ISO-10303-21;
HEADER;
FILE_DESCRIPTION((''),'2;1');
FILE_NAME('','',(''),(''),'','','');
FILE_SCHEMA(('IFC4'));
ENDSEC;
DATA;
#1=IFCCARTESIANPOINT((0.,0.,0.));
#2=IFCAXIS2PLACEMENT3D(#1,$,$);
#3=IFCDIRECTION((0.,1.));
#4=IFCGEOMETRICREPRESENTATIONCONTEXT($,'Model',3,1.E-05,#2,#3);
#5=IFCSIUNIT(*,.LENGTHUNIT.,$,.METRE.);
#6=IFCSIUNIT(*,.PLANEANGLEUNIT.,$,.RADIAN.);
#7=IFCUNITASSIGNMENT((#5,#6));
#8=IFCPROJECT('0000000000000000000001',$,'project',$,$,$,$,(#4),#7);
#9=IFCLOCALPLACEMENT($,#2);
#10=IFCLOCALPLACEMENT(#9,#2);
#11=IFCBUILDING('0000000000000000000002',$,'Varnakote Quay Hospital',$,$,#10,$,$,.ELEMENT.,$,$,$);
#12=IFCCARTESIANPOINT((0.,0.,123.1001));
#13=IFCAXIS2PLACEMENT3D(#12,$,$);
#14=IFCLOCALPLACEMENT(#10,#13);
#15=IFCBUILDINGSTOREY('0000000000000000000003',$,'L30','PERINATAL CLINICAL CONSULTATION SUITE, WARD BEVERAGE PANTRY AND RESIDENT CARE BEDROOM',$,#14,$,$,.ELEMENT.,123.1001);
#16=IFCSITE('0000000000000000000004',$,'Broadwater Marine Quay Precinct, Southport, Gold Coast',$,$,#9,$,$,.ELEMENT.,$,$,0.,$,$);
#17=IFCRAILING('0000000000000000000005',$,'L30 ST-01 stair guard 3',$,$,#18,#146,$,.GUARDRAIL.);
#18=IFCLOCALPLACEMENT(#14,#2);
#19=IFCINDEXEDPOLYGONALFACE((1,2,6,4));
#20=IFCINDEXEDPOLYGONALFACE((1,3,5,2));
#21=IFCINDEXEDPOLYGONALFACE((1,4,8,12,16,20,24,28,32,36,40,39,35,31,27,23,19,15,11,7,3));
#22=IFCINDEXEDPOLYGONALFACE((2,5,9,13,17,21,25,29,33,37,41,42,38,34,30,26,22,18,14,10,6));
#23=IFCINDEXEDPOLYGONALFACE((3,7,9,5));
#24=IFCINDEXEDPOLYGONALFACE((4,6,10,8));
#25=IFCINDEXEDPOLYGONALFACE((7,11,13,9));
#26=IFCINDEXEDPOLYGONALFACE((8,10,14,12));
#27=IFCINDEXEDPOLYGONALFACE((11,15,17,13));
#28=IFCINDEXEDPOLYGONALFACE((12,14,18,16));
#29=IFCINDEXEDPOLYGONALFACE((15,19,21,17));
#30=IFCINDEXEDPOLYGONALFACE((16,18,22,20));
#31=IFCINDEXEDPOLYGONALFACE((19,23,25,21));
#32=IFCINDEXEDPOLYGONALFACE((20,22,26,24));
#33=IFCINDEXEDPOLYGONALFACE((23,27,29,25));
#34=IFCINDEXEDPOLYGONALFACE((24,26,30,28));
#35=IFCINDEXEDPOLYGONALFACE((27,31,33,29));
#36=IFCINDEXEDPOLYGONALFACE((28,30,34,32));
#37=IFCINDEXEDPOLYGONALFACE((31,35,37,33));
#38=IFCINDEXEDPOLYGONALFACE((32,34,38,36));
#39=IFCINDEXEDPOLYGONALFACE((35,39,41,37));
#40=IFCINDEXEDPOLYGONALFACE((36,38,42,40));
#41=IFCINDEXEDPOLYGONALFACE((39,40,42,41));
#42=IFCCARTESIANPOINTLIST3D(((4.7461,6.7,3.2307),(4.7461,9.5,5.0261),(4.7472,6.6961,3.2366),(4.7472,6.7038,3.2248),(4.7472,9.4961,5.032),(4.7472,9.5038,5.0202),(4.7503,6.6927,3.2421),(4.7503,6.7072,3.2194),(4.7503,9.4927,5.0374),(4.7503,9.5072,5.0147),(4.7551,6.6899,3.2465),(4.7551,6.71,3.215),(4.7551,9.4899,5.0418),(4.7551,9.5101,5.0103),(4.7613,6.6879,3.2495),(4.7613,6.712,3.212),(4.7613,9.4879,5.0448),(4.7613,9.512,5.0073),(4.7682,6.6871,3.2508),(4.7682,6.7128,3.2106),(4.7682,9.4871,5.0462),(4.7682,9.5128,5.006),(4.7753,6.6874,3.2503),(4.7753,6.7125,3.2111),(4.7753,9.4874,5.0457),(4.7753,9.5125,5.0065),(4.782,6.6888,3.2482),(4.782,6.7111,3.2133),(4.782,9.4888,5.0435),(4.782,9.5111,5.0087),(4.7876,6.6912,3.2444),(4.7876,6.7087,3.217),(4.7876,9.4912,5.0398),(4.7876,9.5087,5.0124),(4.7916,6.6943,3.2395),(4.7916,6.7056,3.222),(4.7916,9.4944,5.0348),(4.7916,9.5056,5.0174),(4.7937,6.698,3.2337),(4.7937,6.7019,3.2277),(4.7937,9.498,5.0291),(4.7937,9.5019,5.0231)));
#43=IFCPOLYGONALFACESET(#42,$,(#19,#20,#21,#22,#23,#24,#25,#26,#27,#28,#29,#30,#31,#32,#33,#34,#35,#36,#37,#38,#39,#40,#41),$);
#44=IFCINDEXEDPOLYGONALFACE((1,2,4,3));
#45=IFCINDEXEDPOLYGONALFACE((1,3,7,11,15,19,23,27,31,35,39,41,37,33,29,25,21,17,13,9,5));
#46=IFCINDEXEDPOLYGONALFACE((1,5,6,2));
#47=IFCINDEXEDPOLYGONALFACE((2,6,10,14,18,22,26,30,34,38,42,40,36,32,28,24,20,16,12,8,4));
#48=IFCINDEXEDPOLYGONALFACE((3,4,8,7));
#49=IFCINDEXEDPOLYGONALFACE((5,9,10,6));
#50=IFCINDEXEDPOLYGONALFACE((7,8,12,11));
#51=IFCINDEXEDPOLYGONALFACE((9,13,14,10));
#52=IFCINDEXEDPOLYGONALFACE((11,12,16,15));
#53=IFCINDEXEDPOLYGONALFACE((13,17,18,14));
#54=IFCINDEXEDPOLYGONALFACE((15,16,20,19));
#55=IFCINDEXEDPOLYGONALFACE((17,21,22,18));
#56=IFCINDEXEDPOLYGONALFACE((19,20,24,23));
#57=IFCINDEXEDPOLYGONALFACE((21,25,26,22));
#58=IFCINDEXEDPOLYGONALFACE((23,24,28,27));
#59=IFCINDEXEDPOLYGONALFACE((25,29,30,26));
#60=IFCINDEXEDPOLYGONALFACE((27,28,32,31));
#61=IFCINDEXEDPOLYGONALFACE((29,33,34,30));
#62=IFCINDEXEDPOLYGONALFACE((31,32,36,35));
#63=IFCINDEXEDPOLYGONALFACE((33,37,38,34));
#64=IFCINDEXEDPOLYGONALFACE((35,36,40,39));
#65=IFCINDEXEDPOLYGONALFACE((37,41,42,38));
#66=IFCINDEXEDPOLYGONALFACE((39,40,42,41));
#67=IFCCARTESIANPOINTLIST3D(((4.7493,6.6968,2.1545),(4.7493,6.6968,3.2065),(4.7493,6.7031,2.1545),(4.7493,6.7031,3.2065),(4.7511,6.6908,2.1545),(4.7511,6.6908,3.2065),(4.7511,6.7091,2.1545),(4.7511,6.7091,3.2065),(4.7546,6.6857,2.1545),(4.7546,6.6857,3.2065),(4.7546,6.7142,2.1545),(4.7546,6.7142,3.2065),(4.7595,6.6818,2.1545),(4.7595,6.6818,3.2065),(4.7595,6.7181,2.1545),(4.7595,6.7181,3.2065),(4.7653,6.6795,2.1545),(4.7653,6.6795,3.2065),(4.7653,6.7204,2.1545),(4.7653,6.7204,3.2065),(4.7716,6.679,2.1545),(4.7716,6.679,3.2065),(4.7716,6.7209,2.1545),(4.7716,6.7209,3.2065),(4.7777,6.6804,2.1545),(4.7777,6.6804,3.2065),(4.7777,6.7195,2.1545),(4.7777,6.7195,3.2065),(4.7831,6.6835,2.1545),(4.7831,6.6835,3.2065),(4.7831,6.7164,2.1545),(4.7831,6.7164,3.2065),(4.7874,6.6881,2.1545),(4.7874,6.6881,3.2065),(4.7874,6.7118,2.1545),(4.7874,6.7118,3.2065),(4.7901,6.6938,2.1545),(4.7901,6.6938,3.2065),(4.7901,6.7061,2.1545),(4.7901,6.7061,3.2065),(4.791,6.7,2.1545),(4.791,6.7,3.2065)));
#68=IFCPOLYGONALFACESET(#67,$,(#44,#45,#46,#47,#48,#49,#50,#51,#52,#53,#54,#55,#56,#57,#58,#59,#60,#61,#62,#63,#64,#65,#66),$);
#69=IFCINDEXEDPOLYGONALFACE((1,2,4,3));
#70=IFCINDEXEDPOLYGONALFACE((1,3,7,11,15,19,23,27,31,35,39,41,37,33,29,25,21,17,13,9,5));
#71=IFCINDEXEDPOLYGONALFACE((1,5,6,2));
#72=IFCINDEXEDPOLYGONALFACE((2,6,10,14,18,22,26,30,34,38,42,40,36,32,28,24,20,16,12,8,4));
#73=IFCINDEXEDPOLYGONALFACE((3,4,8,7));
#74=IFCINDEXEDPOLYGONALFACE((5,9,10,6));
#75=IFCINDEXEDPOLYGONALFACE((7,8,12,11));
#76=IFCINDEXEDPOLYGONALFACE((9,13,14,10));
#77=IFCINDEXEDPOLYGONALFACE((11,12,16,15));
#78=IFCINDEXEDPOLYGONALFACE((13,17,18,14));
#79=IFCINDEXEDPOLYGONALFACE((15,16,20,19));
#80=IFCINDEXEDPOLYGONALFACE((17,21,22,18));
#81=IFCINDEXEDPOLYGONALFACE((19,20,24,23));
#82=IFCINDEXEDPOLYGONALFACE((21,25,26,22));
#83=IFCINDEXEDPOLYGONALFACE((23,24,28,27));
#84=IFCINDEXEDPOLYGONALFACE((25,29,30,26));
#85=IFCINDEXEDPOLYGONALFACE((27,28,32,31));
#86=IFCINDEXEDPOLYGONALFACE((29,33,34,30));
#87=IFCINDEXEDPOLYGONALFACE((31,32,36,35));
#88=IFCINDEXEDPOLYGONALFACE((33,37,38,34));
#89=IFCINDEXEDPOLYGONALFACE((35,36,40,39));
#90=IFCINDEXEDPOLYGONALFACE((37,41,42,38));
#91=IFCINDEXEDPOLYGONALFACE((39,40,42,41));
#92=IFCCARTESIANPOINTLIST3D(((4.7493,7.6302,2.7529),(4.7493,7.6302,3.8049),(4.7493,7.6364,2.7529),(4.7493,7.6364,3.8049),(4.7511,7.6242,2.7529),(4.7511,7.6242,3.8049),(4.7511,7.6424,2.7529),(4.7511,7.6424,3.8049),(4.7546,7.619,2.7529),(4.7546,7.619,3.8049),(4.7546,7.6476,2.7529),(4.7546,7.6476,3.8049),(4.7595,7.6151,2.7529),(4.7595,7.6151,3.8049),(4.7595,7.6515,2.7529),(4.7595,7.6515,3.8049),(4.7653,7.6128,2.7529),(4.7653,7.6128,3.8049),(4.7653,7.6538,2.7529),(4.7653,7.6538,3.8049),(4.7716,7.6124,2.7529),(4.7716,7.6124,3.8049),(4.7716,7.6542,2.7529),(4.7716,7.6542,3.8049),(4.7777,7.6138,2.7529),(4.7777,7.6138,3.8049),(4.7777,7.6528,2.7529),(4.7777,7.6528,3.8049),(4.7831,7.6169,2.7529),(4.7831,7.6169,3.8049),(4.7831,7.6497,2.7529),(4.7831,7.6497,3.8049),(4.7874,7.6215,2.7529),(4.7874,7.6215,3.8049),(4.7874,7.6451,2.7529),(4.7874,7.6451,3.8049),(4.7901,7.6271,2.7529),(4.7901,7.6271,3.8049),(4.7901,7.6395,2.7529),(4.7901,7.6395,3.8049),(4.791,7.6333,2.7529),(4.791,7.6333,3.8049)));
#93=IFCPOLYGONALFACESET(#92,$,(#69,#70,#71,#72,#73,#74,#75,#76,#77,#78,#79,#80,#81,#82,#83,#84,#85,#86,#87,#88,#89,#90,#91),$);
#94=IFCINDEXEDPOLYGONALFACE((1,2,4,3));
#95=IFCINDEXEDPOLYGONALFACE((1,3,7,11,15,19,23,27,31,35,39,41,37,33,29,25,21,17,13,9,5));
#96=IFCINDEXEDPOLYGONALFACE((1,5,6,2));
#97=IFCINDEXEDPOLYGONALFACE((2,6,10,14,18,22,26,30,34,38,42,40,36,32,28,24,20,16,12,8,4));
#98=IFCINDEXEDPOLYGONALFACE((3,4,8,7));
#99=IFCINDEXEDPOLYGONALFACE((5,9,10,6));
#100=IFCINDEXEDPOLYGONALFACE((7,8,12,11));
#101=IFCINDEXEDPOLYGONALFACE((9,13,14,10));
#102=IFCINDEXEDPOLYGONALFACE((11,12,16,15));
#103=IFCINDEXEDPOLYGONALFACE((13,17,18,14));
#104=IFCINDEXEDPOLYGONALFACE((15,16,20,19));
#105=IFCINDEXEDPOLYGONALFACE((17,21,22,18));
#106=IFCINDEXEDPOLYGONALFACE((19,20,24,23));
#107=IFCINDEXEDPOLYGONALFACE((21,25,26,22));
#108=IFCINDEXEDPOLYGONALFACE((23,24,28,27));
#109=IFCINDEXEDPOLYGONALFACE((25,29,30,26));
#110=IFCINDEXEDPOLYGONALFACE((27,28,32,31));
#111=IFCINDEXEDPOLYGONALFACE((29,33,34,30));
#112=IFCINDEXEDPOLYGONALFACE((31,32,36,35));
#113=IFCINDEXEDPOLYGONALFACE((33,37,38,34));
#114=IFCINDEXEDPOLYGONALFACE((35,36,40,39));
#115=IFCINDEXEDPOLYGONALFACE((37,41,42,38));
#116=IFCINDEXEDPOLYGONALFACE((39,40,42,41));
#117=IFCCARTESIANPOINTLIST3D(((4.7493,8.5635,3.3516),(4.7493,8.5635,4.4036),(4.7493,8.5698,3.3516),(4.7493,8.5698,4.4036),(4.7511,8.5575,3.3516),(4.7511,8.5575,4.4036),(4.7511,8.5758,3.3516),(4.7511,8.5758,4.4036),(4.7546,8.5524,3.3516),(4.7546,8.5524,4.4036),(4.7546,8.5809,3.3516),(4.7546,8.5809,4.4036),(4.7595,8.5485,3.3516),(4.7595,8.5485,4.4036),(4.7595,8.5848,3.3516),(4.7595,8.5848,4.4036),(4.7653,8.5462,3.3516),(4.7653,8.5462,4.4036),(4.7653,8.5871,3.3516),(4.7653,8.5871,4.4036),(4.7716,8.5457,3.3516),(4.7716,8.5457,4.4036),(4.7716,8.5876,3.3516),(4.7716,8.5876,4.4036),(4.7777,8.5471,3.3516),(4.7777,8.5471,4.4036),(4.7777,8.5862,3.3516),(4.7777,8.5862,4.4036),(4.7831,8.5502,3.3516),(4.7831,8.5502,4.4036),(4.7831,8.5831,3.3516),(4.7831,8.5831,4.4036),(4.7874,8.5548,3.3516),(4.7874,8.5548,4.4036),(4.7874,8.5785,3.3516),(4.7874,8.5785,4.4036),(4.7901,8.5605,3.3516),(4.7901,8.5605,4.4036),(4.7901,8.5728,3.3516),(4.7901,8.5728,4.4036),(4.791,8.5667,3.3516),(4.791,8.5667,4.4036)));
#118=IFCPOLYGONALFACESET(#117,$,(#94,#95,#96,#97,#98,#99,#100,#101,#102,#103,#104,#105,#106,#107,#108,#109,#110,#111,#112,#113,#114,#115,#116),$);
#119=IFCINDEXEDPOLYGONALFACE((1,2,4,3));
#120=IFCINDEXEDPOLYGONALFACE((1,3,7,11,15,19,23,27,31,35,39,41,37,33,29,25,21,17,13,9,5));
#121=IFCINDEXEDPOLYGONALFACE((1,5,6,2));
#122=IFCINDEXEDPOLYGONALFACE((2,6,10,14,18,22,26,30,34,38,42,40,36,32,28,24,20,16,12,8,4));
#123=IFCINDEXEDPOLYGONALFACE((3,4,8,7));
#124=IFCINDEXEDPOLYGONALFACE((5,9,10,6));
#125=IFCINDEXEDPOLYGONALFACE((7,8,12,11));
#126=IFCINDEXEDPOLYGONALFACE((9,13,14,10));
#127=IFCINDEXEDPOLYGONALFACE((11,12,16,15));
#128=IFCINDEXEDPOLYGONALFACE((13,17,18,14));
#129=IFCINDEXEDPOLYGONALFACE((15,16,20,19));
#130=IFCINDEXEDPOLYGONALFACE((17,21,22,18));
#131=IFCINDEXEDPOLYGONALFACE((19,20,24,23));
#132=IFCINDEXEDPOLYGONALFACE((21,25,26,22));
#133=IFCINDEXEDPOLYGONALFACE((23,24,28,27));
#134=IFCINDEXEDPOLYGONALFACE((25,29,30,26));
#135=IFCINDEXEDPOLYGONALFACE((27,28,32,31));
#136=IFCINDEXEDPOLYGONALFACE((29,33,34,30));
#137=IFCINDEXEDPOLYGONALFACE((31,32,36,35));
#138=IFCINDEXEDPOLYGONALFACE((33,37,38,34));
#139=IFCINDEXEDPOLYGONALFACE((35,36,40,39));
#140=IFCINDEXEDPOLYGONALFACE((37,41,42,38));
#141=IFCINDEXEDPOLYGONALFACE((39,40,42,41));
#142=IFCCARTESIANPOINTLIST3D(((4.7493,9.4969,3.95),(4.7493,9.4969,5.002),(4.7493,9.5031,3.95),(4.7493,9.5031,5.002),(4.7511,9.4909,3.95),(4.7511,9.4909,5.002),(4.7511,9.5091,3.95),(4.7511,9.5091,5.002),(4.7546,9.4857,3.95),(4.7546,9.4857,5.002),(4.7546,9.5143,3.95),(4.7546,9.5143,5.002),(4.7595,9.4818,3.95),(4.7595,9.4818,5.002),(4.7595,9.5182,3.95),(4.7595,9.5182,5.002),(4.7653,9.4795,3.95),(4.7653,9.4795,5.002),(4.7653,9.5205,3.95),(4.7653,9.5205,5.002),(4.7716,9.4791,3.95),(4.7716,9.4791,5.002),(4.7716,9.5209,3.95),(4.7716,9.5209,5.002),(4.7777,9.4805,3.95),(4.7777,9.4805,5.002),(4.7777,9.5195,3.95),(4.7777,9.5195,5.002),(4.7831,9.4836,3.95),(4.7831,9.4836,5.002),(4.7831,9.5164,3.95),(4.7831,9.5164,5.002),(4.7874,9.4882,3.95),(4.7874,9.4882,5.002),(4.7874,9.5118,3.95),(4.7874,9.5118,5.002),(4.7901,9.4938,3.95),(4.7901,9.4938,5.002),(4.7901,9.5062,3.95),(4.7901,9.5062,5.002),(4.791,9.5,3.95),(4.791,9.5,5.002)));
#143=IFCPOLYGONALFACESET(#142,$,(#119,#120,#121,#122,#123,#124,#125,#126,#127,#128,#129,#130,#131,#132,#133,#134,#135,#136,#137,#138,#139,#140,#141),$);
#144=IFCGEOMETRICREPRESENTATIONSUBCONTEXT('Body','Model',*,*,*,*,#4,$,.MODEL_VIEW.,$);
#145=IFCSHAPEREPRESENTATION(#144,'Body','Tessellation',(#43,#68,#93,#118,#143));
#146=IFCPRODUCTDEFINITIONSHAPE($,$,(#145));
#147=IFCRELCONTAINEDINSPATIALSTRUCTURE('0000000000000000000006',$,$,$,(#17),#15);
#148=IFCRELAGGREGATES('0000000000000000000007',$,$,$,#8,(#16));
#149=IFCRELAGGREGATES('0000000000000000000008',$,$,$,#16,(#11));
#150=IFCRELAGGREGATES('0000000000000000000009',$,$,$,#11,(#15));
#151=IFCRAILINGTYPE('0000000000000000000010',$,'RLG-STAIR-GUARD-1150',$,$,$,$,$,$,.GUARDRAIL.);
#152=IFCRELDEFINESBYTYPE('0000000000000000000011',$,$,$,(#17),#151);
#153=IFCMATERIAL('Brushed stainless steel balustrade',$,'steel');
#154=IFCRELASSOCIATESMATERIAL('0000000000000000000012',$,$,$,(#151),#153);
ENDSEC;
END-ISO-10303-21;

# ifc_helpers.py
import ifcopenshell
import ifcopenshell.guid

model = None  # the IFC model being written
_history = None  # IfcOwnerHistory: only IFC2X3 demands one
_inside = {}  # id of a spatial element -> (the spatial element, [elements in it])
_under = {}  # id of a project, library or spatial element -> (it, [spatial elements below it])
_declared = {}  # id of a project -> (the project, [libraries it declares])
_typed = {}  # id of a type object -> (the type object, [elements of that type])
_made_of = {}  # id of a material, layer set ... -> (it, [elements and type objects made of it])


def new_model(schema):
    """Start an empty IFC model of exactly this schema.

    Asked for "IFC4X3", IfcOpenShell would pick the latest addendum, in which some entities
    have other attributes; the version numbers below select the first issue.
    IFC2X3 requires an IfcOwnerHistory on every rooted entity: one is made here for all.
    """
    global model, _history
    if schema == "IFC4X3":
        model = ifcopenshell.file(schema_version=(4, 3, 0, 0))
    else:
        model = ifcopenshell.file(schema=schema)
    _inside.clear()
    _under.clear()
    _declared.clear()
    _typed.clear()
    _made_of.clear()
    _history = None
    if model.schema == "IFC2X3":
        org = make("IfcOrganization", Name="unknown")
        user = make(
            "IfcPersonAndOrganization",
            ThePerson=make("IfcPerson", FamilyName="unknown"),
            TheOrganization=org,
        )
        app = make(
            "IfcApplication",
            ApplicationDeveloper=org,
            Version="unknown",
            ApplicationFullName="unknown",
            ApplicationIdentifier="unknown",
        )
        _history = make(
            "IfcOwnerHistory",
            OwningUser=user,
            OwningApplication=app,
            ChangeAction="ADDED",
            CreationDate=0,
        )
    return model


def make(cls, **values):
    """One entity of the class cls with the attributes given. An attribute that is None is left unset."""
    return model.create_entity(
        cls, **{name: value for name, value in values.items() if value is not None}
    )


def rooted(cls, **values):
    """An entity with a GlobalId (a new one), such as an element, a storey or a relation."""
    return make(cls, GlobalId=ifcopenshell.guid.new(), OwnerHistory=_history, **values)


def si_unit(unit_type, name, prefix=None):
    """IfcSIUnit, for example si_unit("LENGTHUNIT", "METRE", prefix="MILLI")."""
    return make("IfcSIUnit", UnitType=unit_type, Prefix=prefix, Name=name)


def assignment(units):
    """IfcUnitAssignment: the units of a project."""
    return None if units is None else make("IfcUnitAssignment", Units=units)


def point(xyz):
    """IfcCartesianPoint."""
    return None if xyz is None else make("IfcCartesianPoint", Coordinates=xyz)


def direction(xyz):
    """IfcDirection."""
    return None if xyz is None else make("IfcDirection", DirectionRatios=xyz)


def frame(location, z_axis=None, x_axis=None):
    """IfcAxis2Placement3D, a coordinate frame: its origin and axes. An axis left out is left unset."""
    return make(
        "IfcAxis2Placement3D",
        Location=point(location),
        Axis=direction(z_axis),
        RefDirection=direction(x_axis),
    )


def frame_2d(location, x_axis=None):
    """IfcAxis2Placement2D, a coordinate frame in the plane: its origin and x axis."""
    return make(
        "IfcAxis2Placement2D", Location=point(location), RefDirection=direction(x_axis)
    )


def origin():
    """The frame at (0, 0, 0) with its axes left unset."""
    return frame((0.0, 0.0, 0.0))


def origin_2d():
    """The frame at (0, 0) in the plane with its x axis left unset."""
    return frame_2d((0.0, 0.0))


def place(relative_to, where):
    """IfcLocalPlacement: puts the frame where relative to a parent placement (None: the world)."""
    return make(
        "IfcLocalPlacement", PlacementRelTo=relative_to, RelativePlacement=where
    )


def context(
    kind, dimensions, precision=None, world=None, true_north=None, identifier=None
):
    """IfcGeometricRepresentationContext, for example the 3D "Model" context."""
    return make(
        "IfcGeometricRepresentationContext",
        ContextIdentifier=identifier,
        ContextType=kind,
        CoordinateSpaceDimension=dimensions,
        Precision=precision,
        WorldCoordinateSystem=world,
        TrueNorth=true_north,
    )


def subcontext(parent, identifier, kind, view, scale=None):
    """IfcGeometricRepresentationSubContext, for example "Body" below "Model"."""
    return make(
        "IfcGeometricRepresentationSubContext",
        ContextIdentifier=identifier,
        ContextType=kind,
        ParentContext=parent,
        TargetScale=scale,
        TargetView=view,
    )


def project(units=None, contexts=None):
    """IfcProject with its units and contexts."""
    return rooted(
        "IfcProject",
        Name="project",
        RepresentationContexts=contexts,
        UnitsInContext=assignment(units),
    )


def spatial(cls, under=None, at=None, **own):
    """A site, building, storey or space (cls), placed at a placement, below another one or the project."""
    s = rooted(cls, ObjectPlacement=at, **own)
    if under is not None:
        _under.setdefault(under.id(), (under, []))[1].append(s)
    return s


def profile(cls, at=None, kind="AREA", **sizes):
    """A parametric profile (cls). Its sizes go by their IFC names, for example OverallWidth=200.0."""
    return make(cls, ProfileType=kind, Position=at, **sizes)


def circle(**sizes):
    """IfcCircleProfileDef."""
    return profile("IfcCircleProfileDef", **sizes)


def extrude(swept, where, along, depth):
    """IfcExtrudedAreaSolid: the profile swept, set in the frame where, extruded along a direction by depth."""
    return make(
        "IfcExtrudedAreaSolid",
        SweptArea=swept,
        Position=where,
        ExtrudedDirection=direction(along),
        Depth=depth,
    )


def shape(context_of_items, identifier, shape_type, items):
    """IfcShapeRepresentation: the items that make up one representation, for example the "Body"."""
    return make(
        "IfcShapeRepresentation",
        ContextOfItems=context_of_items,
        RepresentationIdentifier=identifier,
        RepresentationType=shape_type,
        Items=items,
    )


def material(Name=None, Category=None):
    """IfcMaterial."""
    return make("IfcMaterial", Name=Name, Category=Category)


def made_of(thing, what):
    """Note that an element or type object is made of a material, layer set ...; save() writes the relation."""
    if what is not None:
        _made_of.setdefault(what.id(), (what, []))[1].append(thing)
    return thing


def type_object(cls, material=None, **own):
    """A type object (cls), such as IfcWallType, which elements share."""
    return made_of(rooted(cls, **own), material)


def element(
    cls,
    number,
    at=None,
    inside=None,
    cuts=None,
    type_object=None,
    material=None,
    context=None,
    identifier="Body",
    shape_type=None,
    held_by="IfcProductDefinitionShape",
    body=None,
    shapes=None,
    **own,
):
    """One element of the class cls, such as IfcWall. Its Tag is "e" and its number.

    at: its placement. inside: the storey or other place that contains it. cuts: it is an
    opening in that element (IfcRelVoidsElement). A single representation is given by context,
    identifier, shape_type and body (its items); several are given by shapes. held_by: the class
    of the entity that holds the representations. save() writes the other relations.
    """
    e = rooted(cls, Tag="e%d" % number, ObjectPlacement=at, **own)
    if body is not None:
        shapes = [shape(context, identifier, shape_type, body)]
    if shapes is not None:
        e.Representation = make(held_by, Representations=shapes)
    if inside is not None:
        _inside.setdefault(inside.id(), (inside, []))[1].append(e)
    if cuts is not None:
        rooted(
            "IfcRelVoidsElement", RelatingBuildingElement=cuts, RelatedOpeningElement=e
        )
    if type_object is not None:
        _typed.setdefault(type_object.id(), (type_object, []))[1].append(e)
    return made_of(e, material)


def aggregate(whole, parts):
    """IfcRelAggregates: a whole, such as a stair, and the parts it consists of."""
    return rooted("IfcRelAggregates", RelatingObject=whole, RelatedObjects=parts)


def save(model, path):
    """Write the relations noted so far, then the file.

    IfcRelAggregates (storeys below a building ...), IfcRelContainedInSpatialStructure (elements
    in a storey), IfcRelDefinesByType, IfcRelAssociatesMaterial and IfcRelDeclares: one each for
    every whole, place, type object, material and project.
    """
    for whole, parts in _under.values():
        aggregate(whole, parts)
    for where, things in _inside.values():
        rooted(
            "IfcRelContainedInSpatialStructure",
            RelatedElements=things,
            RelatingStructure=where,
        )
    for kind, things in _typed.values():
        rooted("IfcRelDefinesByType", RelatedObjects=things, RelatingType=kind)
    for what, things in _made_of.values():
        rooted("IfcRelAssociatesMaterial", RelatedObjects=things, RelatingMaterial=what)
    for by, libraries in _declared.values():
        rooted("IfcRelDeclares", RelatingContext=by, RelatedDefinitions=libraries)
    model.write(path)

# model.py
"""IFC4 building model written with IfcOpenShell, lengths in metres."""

from ifc_helpers import new_model, si_unit, direction, frame, origin, origin_2d, place, context, subcontext, project, spatial, circle, extrude, material, type_object, element, save


model = new_model("IFC4")

# Units and contexts
model_context = context("Model", 3, precision=1e-05, world=origin(), true_north=direction((0.0, 1.0)))
body_context = subcontext(model_context, "Body", "Model", "MODEL_VIEW")
ifc_project = project(units=[si_unit("LENGTHUNIT", "METRE"), si_unit("PLANEANGLEUNIT", "RADIAN")], contexts=[model_context])

# Site, building, storey
site_placement = place(None, origin())
site = spatial("IfcSite", under=ifc_project, at=site_placement, Name="Broadwater Marine Quay Precinct, Southport, Gold Coast", CompositionType="ELEMENT", RefElevation=0.0)
building_placement = place(site_placement, origin())
building = spatial("IfcBuilding", under=site, at=building_placement, Name="Varnakote Quay Hospital", CompositionType="ELEMENT")
storey_placement = place(building_placement, frame((0.0, 0.0, 123.1001)))
storey = spatial("IfcBuildingStorey", under=building, at=storey_placement, Name="L30", Description="PERINATAL CLINICAL CONSULTATION SUITE, WARD BEVERAGE PANTRY AND RESIDENT CARE BEDROOM", CompositionType="ELEMENT", Elevation=123.1001)

# Railing
ifc_material_1 = material(Name="Brushed stainless steel balustrade", Category="steel")
railing_type_1 = type_object("IfcRailingType", Name="RLG-STAIR-GUARD-1150", PredefinedType="GUARDRAIL", material=ifc_material_1)
railing_1_placement = place(storey_placement, frame((4.77, 6.7, 2.1545)))
element("IfcRailing", 1, at=railing_1_placement, inside=storey, type_object=railing_type_1, Name="L30 ST-01 stair guard 3", PredefinedType="GUARDRAIL", context=body_context, shape_type="SweptSolid", body=[
    extrude(circle(Radius=0.0239, at=origin_2d()), frame((0.0, 0.0, 1.0762), z_axis=(0.0, 0.84181, 0.539774), x_axis=(-1.0, 0.0, 0.0)), (0.0, 0.0, 1.0), 3.3262),
    extrude(circle(Radius=0.021, at=origin_2d()), origin(), (0.0, 0.0, 1.0), 1.052),
    extrude(circle(Radius=0.021, at=origin_2d()), frame((0.0, 0.9333, 0.5984)), (0.0, 0.0, 1.0), 1.052),
    extrude(circle(Radius=0.021, at=origin_2d()), frame((0.0, 1.8667, 1.197)), (0.0, 0.0, 1.0), 1.052),
    extrude(circle(Radius=0.021, at=origin_2d()), frame((0.0, 2.8, 1.7954)), (0.0, 0.0, 1.0), 1.052),
])

save(model, "model.ifc")
